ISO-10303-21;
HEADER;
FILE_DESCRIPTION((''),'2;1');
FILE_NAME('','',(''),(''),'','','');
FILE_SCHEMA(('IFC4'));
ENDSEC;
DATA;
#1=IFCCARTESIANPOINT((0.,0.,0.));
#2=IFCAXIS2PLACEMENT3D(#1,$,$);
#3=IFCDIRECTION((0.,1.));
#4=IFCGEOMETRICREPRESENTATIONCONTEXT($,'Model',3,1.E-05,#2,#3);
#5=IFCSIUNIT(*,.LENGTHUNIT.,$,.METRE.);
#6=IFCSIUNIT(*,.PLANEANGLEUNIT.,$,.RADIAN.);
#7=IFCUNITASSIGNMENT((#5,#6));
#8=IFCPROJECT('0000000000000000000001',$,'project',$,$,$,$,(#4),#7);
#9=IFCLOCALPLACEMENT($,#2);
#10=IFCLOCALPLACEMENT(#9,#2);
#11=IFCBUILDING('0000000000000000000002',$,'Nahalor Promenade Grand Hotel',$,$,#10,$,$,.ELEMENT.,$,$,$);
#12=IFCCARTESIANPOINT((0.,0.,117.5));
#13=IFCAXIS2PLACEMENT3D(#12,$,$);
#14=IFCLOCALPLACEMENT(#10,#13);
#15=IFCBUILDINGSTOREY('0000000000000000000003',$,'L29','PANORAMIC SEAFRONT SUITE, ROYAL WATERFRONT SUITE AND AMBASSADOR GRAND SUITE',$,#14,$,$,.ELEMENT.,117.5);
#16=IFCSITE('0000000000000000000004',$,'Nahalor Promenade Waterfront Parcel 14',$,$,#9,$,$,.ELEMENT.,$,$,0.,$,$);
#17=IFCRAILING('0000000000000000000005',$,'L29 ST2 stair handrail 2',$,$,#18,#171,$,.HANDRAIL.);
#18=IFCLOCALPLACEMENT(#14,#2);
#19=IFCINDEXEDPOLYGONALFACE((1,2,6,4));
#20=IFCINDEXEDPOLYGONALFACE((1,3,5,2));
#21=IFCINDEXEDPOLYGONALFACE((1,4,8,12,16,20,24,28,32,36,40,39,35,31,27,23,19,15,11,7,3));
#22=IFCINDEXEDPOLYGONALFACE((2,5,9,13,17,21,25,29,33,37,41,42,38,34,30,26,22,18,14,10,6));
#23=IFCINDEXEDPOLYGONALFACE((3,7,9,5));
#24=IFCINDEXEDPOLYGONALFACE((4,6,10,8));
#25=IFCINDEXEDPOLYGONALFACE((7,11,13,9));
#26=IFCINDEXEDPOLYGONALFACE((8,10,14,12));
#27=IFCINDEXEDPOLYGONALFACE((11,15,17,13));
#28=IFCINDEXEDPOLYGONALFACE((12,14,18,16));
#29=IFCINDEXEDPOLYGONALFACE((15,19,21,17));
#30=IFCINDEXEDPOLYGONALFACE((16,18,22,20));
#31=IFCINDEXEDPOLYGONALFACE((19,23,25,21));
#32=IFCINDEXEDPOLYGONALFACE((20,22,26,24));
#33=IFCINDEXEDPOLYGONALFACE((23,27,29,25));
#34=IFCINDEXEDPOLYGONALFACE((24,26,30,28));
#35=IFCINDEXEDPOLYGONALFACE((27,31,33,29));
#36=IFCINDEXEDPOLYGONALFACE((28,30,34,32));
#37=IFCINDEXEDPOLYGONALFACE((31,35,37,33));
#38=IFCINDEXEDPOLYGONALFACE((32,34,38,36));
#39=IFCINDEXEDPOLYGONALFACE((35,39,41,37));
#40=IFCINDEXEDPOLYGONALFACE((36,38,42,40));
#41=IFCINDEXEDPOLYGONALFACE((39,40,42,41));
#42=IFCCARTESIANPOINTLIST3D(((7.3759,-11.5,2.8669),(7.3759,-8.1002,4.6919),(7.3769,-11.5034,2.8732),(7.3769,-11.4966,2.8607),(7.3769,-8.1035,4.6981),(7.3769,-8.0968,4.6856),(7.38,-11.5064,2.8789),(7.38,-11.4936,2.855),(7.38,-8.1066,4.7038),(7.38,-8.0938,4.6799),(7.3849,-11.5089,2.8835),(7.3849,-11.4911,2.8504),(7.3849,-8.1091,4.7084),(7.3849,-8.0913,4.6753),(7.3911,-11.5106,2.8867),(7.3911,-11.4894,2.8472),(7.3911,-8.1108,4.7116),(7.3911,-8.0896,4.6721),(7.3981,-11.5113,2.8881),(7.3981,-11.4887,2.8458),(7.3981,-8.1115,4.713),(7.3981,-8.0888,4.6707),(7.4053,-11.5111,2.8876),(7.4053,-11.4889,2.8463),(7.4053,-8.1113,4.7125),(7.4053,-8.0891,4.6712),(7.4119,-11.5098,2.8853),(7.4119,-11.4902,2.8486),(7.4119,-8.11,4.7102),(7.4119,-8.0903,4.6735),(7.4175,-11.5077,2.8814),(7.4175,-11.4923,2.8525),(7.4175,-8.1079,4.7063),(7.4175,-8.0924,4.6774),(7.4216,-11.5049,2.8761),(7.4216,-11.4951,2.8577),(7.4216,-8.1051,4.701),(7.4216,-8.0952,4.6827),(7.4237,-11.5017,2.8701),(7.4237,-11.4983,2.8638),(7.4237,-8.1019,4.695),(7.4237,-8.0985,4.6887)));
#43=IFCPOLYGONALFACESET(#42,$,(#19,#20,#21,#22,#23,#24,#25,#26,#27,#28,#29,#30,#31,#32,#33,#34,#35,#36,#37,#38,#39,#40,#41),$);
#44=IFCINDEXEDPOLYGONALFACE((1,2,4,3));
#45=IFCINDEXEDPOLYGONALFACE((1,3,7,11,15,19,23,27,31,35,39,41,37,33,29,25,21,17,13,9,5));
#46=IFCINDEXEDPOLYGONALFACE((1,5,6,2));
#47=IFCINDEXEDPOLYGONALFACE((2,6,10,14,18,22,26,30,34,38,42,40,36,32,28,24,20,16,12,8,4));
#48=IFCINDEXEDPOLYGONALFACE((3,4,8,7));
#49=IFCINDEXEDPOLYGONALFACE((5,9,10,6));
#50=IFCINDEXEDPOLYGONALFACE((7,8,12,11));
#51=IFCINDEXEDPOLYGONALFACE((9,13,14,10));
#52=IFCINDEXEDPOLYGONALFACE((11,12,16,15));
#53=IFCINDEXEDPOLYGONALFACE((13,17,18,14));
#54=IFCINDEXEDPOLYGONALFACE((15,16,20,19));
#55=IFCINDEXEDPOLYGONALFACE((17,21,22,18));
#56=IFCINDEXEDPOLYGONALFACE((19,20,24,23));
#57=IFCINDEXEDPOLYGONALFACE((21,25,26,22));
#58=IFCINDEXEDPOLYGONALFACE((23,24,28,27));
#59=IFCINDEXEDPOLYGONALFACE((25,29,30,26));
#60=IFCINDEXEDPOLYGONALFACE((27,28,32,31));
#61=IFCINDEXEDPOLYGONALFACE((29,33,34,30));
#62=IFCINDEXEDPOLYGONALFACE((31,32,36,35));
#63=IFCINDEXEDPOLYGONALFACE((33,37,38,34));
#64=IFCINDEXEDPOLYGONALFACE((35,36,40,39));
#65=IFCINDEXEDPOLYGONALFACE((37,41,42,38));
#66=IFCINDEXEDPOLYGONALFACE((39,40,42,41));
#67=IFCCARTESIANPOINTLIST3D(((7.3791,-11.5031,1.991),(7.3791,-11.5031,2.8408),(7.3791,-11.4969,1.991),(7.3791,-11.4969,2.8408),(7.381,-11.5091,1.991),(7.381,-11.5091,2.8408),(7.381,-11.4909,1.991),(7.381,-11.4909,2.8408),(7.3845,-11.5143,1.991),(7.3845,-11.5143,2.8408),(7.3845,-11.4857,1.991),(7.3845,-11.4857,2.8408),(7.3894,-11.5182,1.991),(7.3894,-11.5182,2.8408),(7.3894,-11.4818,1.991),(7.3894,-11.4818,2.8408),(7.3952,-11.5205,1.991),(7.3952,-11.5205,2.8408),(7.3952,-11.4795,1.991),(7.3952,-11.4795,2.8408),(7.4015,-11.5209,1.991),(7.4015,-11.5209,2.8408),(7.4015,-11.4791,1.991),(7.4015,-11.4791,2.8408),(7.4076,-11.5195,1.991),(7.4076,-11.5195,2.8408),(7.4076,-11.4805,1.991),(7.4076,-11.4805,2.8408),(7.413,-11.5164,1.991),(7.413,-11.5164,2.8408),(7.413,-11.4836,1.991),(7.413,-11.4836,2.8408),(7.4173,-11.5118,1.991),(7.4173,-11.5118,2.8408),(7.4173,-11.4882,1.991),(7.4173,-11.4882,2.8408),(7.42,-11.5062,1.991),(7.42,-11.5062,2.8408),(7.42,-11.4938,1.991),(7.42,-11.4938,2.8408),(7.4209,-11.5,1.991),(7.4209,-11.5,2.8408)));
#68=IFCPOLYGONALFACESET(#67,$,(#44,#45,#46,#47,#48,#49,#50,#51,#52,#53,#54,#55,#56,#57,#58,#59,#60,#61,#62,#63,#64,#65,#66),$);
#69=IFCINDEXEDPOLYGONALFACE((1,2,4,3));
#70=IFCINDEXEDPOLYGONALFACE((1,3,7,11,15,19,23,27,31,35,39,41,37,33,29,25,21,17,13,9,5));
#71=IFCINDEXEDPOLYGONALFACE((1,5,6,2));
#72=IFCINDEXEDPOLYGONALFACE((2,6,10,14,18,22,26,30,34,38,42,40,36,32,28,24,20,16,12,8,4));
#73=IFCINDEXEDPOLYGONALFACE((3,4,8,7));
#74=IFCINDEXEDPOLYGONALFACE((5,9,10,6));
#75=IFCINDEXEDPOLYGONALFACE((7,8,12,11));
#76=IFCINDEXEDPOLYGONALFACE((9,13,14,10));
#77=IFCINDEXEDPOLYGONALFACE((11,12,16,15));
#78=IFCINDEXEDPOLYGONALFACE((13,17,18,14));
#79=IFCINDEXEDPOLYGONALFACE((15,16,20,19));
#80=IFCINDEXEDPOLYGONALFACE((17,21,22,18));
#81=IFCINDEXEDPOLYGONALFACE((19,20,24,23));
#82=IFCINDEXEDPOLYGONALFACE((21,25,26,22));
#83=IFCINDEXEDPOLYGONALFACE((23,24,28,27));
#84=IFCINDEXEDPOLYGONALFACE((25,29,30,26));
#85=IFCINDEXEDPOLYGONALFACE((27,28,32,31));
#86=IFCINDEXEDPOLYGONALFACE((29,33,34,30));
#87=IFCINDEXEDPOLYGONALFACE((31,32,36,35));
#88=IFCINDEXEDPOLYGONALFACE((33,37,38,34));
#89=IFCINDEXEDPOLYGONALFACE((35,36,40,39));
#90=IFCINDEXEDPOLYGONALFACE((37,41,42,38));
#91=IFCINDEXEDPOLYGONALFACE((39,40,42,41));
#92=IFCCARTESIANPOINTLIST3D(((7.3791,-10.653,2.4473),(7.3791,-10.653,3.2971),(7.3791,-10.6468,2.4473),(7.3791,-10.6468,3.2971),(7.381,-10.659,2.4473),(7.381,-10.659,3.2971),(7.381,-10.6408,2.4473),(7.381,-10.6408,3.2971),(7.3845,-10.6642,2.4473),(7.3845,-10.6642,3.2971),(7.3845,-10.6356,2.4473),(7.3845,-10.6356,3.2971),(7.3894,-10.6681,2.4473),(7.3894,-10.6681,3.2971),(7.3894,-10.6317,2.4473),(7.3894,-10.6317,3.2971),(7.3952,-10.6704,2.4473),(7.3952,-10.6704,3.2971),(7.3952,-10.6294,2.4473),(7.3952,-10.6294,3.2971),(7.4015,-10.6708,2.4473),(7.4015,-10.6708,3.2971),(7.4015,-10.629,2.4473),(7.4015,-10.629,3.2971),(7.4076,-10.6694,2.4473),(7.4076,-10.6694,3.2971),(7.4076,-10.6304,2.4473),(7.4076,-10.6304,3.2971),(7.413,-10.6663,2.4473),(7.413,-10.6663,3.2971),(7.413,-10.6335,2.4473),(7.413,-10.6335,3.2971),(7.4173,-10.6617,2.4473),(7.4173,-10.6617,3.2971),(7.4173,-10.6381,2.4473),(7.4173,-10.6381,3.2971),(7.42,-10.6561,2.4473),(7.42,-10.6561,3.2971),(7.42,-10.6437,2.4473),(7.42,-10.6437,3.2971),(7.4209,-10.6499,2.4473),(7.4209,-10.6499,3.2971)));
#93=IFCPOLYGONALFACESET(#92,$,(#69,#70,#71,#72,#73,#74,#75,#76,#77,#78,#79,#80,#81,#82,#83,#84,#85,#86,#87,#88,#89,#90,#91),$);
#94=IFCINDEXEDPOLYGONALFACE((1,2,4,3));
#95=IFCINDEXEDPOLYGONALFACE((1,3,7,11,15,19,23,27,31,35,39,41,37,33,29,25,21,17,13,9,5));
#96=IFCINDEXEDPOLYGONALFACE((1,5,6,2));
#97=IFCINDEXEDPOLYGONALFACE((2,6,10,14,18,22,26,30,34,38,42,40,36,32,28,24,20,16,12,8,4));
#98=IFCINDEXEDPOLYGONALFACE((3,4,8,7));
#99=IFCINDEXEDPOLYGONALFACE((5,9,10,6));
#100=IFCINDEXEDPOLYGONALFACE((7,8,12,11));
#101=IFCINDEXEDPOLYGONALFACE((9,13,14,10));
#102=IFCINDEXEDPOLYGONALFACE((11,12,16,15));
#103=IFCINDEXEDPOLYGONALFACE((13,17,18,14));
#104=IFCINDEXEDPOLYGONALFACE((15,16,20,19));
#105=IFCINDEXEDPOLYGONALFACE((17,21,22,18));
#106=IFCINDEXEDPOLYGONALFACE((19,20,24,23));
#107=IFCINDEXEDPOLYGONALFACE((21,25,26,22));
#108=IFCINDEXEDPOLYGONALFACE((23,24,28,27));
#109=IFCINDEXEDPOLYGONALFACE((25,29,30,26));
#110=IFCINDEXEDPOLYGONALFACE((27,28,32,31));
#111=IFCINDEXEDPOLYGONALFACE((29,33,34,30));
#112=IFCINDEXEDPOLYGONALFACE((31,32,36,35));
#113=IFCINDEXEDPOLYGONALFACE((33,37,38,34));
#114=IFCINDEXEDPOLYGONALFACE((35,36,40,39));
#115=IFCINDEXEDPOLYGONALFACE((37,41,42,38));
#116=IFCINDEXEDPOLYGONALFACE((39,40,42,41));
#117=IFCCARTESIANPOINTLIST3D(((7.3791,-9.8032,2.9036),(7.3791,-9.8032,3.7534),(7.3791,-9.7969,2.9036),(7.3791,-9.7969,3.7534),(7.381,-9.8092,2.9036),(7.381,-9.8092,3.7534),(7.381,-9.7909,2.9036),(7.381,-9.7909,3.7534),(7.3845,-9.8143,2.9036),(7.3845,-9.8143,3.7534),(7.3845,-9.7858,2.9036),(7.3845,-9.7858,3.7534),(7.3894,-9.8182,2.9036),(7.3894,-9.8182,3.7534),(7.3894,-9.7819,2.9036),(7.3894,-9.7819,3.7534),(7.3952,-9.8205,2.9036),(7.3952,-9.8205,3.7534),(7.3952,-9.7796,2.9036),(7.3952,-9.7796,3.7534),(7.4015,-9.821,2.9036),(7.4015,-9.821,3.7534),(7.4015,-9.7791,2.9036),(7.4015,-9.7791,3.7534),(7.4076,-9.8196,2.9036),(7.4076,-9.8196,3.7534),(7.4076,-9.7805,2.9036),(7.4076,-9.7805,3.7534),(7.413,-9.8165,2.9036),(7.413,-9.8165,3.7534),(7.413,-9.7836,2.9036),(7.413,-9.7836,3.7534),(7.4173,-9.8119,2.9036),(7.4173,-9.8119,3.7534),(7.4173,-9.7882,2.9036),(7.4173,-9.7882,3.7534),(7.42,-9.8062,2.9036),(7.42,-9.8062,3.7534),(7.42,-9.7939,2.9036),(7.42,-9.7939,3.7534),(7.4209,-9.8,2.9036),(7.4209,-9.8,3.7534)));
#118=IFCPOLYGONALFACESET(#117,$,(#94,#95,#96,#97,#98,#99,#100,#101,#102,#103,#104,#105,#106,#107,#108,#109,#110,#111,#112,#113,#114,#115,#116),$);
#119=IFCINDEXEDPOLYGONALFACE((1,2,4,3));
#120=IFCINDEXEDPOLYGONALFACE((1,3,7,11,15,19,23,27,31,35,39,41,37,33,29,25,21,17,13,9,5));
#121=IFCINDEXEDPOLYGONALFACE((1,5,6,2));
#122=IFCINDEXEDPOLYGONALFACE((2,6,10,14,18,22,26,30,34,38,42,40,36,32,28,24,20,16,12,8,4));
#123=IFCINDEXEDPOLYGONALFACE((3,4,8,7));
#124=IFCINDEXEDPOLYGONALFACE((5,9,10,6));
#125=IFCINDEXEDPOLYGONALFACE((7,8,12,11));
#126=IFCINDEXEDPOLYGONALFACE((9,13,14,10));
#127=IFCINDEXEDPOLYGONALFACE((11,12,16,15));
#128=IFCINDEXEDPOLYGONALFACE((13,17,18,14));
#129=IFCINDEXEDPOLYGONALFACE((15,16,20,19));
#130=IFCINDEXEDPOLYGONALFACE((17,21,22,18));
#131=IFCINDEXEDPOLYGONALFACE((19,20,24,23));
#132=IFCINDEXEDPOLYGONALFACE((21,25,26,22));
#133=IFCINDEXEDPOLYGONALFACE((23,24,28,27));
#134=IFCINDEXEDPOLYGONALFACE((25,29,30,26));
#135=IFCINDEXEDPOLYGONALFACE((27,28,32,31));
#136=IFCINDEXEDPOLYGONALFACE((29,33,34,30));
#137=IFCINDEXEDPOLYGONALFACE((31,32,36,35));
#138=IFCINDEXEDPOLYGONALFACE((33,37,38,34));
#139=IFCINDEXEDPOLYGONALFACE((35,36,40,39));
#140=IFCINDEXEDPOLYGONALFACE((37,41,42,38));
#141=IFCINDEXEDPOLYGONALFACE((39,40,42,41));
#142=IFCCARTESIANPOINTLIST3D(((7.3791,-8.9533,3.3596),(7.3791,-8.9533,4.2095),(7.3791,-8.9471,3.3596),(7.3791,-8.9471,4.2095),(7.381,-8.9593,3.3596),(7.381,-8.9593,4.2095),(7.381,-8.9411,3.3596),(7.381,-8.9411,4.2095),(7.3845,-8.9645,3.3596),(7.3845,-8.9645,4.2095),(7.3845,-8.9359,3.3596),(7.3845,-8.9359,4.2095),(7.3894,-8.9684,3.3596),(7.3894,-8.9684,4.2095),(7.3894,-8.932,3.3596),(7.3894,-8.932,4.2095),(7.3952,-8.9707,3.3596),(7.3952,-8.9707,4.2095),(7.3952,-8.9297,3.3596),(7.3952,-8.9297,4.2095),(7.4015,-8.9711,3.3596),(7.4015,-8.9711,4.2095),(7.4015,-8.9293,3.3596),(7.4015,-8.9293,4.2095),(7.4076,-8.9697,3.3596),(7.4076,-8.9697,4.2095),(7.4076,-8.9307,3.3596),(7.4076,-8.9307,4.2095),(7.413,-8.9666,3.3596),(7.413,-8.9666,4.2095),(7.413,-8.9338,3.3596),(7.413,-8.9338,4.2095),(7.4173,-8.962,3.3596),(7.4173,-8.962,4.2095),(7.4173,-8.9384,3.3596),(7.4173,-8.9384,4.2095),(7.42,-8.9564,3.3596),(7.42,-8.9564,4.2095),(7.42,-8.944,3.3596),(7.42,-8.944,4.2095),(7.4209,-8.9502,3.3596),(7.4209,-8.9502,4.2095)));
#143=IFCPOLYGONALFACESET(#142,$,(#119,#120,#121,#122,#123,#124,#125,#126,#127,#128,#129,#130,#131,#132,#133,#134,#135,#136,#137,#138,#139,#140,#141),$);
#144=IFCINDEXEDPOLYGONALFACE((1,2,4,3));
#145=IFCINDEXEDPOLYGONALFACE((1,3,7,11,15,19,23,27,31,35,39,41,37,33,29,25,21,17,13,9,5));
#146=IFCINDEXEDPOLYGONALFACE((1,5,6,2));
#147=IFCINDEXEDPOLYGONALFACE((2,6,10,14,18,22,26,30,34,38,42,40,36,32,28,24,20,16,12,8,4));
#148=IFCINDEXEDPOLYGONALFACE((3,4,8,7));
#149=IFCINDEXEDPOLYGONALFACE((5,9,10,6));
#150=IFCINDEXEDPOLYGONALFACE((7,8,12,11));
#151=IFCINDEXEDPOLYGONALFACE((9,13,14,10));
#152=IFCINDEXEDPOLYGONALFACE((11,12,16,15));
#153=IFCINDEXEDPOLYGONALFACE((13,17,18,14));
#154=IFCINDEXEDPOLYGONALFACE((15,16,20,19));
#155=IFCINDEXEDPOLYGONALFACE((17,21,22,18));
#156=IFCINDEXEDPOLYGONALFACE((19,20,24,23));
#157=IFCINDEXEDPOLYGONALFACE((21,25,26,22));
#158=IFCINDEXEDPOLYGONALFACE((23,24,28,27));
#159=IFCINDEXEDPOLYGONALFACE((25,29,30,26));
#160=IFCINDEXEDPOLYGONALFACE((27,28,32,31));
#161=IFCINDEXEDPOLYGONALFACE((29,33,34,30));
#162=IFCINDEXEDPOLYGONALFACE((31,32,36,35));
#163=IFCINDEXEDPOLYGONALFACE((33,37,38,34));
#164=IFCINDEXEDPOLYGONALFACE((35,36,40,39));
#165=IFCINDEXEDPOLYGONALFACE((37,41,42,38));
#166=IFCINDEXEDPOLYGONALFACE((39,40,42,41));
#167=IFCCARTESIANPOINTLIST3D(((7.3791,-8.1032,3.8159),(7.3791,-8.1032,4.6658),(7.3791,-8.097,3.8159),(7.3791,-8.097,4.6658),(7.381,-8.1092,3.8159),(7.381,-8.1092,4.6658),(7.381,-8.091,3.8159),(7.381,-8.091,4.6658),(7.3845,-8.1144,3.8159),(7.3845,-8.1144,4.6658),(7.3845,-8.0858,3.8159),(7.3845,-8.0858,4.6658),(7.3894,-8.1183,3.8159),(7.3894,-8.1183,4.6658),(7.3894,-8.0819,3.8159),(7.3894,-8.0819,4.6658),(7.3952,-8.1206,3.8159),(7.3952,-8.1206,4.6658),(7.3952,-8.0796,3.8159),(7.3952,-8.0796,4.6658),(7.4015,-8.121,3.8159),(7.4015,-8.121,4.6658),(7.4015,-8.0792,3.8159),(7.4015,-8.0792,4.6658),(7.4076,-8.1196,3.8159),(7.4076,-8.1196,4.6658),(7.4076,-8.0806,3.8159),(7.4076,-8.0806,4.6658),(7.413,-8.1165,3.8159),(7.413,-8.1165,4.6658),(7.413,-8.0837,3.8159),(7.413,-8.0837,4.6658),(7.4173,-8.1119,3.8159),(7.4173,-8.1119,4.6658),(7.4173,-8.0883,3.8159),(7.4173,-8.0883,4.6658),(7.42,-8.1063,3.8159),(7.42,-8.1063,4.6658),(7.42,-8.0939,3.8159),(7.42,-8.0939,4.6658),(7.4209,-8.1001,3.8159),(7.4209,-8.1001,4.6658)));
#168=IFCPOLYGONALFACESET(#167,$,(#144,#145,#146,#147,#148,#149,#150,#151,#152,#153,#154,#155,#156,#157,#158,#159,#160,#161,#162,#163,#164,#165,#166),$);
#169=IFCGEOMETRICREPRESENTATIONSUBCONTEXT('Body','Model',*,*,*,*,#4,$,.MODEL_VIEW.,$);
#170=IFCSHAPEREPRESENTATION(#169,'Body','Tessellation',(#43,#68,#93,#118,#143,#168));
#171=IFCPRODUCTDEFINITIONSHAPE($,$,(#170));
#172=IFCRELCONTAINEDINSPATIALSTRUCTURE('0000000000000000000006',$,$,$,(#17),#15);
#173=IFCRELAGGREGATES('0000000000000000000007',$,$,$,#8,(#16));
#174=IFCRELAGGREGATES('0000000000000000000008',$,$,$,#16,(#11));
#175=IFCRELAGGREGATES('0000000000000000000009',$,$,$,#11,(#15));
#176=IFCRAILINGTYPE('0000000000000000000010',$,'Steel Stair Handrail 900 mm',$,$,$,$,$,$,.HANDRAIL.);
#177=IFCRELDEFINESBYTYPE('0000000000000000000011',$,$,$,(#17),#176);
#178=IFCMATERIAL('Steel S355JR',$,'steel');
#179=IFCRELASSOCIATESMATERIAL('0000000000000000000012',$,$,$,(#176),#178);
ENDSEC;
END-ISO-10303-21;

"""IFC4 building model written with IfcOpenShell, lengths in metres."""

from ifc_helpers import new_model, si_unit, direction, frame, origin, origin_2d, place, context, subcontext, project, spatial, circle, extrude, material, type_object, element, save


model = new_model("IFC4")

# Units and contexts
model_context = context("Model", 3, precision=1e-05, world=origin(), true_north=direction((0.0, 1.0)))
body_context = subcontext(model_context, "Body", "Model", "MODEL_VIEW")
ifc_project = project(units=[si_unit("LENGTHUNIT", "METRE"), si_unit("PLANEANGLEUNIT", "RADIAN")], contexts=[model_context])

# Site, building, storey
site_placement = place(None, origin())
site = spatial("IfcSite", under=ifc_project, at=site_placement, Name="Nahalor Promenade Waterfront Parcel 14", CompositionType="ELEMENT", RefElevation=0.0)
building_placement = place(site_placement, origin())
building = spatial("IfcBuilding", under=site, at=building_placement, Name="Nahalor Promenade Grand Hotel", CompositionType="ELEMENT")
storey_placement = place(building_placement, frame((0.0, 0.0, 117.5)))
storey = spatial("IfcBuildingStorey", under=building, at=storey_placement, Name="L29", Description="PANORAMIC SEAFRONT SUITE, ROYAL WATERFRONT SUITE AND AMBASSADOR GRAND SUITE", CompositionType="ELEMENT", Elevation=117.5)

# Shared definitions
ifc_material_1 = material(Name="Steel S355JR", Category="steel")

# Railing
railing_type_1 = type_object("IfcRailingType", Name="Steel Stair Handrail 900 mm", PredefinedType="HANDRAIL", material=ifc_material_1)
railing_1_placement = place(storey_placement, frame((7.3999, -11.5, 1.991)))
element("IfcRailing", 1, at=railing_1_placement, inside=storey, type_object=railing_type_1, Name="L29 ST2 stair handrail 2", PredefinedType="HANDRAIL", context=body_context, shape_type="SweptSolid", body=[
    extrude(circle(Radius=0.024, at=origin_2d()), frame((0.0, 0.0, 0.876), z_axis=(0.0, 0.881094, 0.472941), x_axis=(-1.0, 0.0, 0.0)), (0.0, 0.0, 1.0), 3.8586),
    extrude(circle(Radius=0.021, at=origin_2d()), origin(), (0.0, 0.0, 1.0), 0.8499),
    extrude(circle(Radius=0.021, at=origin_2d()), frame((0.0, 0.8501, 0.4563)), (0.0, 0.0, 1.0), 0.8499),
    extrude(circle(Radius=0.021, at=origin_2d()), frame((0.0, 1.7, 0.9126)), (0.0, 0.0, 1.0), 0.8499),
    extrude(circle(Radius=0.021, at=origin_2d()), frame((0.0, 2.5498, 1.3687)), (0.0, 0.0, 1.0), 0.8499),
    extrude(circle(Radius=0.021, at=origin_2d()), frame((0.0, 3.3999, 1.825)), (0.0, 0.0, 1.0), 0.8499),
])

save(model, "model.ifc")
